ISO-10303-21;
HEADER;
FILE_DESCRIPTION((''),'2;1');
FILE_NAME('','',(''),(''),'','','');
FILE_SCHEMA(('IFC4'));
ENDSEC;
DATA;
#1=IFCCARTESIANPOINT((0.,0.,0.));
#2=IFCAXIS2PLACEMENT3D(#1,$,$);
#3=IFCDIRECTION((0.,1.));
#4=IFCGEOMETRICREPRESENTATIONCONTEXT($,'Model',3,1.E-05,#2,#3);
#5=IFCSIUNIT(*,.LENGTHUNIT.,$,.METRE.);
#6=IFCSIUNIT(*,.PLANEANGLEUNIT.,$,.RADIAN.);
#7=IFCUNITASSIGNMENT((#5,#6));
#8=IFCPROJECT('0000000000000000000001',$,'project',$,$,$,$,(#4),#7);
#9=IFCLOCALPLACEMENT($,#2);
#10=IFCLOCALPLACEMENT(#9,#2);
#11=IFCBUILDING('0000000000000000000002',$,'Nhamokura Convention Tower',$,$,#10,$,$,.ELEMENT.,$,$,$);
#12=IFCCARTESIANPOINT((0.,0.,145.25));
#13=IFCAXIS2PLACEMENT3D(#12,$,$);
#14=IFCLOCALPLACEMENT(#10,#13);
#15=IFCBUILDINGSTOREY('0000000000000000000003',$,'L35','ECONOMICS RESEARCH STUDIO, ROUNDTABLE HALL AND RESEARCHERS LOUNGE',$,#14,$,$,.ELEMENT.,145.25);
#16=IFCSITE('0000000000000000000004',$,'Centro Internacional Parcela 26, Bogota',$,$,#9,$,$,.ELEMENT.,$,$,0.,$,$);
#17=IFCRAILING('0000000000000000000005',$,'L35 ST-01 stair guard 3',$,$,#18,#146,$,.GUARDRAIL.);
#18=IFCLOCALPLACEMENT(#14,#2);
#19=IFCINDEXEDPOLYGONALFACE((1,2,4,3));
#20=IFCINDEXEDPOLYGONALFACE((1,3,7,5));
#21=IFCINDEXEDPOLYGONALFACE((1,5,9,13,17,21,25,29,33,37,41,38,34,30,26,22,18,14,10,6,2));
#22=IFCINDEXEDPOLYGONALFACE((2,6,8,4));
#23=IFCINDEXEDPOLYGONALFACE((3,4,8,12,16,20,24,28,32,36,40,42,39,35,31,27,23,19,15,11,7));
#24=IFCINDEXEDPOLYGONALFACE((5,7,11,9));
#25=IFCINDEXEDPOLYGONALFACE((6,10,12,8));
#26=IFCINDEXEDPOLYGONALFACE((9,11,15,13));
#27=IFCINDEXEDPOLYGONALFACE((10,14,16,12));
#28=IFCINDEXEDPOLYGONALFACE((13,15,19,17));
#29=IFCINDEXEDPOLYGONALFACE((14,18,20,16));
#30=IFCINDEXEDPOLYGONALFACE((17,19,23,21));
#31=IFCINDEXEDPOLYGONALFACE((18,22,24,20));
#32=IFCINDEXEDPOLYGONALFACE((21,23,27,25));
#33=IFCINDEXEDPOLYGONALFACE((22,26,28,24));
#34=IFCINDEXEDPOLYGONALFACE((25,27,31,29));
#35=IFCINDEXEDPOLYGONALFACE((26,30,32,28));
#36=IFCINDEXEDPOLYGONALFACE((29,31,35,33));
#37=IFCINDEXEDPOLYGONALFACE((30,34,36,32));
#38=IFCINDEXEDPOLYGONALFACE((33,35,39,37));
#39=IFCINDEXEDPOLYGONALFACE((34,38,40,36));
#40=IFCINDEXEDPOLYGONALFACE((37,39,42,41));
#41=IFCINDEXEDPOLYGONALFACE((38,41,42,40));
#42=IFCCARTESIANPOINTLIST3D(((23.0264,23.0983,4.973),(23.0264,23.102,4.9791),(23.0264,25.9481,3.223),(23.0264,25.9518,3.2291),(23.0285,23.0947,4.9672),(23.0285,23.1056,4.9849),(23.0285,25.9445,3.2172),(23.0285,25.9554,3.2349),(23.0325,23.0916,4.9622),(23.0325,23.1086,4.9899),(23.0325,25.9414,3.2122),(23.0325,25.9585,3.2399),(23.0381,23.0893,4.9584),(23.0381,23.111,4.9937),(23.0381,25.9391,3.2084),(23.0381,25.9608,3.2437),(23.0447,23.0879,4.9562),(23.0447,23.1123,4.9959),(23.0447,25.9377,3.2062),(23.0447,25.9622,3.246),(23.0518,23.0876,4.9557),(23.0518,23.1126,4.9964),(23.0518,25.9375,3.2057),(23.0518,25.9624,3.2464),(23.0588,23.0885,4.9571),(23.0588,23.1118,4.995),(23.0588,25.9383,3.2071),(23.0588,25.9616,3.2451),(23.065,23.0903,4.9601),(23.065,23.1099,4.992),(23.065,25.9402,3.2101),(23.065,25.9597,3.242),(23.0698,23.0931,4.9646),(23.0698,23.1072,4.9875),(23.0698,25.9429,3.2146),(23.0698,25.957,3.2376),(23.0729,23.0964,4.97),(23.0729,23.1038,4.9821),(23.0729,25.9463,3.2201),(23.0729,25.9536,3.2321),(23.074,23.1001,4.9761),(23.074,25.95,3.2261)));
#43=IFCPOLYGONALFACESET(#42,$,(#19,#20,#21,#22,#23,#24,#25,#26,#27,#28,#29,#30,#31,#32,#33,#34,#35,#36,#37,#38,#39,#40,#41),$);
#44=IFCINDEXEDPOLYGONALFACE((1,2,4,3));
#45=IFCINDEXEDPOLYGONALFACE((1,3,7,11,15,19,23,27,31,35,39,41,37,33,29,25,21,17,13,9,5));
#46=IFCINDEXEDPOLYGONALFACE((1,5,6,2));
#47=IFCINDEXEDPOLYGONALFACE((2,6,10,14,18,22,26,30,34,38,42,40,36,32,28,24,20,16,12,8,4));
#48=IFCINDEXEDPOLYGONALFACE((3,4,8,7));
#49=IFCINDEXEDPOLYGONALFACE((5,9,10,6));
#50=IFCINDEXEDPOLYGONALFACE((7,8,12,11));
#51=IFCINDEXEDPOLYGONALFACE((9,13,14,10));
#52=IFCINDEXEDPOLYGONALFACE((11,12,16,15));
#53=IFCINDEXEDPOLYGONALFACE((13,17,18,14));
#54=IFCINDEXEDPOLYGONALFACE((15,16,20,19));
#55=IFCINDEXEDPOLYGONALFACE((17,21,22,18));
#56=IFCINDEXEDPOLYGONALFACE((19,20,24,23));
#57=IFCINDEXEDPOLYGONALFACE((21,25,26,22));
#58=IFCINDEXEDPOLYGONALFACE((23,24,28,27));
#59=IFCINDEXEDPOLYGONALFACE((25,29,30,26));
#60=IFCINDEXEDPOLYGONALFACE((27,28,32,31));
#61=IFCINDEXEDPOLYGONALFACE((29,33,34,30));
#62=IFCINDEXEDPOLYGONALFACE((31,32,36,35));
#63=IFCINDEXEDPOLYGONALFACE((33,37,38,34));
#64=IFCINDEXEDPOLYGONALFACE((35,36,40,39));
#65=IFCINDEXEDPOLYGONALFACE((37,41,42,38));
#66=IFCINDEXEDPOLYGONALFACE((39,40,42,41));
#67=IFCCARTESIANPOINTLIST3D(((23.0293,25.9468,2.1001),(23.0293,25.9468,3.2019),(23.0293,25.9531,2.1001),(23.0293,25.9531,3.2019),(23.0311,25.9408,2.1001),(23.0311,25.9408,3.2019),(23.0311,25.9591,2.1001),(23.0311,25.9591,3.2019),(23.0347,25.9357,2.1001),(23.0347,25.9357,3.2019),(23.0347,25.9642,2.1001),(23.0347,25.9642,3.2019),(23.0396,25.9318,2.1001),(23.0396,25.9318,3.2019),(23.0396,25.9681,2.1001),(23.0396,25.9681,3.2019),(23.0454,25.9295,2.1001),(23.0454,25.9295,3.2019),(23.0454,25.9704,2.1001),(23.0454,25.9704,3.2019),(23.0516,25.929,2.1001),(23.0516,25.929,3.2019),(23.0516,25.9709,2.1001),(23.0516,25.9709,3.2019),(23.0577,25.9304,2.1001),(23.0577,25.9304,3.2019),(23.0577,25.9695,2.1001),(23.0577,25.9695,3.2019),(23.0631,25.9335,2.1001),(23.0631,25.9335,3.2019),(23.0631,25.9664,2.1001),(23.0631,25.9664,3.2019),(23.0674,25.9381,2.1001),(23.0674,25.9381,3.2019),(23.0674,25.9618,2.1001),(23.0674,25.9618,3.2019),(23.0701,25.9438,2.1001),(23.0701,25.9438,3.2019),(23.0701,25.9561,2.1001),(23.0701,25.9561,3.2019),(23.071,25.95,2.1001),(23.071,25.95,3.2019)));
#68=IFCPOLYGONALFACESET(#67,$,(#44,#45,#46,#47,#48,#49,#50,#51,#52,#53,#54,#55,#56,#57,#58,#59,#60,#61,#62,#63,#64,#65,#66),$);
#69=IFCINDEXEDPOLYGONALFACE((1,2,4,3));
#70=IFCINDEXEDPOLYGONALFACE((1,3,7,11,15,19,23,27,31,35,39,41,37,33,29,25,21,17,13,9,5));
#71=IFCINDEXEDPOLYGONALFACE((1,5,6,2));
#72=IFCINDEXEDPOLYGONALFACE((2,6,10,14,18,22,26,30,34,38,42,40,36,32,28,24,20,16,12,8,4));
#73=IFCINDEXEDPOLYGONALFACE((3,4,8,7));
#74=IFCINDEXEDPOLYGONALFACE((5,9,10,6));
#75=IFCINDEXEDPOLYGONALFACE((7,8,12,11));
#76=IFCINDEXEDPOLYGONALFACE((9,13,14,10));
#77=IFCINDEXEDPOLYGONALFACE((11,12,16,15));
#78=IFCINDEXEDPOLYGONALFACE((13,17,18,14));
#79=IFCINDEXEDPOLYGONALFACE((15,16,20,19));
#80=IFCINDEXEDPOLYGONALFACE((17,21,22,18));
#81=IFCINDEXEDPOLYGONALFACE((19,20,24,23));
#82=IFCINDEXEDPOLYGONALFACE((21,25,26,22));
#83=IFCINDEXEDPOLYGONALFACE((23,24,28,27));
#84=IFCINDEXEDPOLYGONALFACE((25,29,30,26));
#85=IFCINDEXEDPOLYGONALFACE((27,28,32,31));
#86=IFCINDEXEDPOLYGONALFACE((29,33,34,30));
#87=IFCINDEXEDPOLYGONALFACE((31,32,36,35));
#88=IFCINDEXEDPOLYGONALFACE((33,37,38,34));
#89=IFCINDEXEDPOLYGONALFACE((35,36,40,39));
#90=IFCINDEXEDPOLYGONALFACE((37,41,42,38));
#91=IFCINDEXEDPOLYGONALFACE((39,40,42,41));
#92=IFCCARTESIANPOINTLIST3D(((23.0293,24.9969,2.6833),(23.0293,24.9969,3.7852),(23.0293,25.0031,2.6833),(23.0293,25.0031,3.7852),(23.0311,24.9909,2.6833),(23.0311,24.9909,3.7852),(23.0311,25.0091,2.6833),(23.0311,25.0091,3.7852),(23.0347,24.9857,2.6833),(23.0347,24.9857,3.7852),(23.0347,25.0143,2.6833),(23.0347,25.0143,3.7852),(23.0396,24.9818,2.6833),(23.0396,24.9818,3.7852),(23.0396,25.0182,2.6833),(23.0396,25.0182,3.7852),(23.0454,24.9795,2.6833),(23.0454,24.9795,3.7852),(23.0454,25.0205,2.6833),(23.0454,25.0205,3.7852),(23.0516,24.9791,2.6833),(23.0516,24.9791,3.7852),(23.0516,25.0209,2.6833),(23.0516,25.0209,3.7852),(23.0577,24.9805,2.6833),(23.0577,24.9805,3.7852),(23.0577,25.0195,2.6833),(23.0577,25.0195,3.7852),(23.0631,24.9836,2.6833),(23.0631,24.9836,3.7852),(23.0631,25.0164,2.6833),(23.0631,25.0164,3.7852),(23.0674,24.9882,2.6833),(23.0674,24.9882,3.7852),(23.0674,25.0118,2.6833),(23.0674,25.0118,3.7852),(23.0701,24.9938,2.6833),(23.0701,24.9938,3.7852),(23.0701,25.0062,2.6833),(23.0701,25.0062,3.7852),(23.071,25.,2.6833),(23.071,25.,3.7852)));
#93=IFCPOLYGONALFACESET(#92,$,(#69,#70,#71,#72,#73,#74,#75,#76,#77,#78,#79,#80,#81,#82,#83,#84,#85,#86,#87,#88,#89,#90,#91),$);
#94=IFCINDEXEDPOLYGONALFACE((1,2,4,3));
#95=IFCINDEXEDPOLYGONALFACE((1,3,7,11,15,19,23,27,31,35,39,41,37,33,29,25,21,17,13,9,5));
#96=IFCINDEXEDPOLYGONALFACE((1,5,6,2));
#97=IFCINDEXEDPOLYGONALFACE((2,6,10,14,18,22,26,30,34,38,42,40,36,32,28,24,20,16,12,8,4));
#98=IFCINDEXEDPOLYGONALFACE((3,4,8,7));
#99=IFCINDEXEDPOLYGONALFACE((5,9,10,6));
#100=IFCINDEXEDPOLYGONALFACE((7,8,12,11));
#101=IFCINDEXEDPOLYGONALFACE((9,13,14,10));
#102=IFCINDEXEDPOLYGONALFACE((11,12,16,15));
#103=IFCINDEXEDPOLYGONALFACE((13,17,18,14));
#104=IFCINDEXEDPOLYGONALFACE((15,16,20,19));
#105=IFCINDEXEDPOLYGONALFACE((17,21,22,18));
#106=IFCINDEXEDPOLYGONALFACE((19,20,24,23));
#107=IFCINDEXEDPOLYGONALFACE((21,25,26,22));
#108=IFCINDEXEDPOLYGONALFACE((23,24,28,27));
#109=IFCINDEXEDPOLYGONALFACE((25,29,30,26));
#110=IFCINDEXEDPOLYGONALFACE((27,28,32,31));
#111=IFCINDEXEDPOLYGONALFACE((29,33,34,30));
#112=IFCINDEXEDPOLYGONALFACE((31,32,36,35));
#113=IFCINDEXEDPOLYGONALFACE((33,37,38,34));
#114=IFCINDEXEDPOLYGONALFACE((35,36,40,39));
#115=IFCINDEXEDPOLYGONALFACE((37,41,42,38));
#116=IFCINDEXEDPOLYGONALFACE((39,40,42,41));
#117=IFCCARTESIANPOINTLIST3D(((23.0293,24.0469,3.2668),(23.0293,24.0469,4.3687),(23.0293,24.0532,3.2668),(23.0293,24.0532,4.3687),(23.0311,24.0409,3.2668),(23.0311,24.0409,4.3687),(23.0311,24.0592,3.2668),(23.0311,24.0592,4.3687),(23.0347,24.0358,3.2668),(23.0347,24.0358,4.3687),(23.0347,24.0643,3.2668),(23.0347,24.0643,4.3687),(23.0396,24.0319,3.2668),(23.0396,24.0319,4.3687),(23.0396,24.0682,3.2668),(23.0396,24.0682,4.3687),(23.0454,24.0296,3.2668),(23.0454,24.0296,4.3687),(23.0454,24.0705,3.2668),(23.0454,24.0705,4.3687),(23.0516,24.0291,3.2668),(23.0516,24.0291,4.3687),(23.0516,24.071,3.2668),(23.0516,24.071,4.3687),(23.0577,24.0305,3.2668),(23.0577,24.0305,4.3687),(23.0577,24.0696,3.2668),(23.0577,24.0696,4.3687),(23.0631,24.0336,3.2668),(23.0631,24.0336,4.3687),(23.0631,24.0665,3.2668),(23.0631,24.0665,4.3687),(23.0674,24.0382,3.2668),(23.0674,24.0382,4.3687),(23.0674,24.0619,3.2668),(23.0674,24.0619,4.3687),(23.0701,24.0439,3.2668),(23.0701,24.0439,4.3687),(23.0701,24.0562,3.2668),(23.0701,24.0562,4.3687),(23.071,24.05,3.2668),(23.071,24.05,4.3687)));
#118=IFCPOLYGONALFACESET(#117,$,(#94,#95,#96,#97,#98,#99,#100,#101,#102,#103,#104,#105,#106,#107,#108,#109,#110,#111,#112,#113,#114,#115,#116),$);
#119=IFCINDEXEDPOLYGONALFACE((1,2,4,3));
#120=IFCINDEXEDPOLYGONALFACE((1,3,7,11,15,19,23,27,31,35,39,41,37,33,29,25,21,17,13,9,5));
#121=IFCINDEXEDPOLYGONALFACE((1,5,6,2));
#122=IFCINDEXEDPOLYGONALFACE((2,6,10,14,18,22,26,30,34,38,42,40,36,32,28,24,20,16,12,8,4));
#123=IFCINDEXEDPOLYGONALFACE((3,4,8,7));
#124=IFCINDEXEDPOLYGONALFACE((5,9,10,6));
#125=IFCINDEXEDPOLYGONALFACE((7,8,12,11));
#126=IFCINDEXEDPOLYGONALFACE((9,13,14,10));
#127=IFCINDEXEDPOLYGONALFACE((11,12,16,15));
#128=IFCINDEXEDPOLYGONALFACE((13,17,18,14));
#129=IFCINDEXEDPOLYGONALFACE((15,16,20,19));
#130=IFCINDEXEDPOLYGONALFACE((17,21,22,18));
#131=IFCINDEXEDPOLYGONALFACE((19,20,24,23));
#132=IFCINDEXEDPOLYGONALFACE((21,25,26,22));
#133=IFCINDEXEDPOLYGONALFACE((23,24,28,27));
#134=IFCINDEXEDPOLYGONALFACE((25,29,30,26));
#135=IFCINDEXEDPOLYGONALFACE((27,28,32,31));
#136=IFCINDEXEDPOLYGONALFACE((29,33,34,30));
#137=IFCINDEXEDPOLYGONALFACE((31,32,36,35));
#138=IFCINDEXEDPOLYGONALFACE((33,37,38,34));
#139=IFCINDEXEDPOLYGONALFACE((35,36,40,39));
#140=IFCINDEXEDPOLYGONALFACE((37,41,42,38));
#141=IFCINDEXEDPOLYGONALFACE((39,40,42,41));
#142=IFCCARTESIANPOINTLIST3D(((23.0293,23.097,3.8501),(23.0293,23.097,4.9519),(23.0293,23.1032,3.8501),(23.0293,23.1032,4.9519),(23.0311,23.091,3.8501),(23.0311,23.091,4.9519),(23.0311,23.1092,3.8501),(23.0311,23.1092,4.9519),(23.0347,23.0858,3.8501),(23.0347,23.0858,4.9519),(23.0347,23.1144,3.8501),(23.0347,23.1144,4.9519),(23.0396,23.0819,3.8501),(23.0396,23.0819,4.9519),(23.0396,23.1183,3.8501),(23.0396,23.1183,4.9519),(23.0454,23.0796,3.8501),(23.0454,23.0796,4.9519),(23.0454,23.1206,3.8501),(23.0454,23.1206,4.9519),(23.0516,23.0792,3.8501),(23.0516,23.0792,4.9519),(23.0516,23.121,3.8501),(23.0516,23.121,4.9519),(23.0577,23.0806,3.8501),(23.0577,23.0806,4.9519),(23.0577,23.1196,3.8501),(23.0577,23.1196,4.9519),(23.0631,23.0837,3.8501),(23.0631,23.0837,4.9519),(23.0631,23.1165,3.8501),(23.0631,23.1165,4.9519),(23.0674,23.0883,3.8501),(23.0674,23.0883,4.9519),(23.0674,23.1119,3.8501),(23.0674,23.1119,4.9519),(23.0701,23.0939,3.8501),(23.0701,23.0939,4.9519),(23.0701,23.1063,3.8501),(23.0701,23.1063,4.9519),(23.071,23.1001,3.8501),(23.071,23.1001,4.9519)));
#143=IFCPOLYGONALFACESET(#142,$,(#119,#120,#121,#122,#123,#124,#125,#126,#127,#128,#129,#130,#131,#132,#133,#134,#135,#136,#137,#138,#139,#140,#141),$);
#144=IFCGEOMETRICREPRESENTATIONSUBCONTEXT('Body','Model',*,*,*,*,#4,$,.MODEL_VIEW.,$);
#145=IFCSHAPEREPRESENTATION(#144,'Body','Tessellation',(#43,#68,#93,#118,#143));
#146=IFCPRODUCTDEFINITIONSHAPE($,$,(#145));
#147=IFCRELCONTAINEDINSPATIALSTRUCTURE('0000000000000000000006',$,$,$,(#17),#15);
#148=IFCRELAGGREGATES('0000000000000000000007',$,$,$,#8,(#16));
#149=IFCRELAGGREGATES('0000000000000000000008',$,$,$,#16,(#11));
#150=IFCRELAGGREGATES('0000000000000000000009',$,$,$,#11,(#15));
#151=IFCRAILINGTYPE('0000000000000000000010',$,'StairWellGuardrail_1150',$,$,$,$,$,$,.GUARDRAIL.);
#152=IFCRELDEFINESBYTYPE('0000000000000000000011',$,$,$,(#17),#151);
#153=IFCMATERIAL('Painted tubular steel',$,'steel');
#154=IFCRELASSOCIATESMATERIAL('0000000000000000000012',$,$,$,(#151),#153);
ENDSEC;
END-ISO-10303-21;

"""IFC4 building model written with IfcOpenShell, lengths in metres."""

from ifc_helpers import new_model, si_unit, direction, frame, origin, origin_2d, place, context, subcontext, project, spatial, circle, extrude, material, type_object, element, save


model = new_model("IFC4")

# Units and contexts
model_context = context("Model", 3, precision=1e-05, world=origin(), true_north=direction((0.0, 1.0)))
body_context = subcontext(model_context, "Body", "Model", "MODEL_VIEW")
ifc_project = project(units=[si_unit("LENGTHUNIT", "METRE"), si_unit("PLANEANGLEUNIT", "RADIAN")], contexts=[model_context])

# Site, building, storey
site_placement = place(None, origin())
site = spatial("IfcSite", under=ifc_project, at=site_placement, Name="Centro Internacional Parcela 26, Bogota", CompositionType="ELEMENT", RefElevation=0.0)
building_placement = place(site_placement, origin())
building = spatial("IfcBuilding", under=site, at=building_placement, Name="Nhamokura Convention Tower", CompositionType="ELEMENT")
storey_placement = place(building_placement, frame((0.0, 0.0, 145.25)))
storey = spatial("IfcBuildingStorey", under=building, at=storey_placement, Name="L35", Description="ECONOMICS RESEARCH STUDIO, ROUNDTABLE HALL AND RESEARCHERS LOUNGE", CompositionType="ELEMENT", Elevation=145.25)

# Railing
ifc_material_1 = material(Name="Painted tubular steel", Category="steel")
railing_type_1 = type_object("IfcRailingType", Name="StairWellGuardrail_1150", PredefinedType="GUARDRAIL", material=ifc_material_1)
railing_1_placement = place(storey_placement, frame((23.05, 25.95, 2.1001)))
element("IfcRailing", 1, at=railing_1_placement, inside=storey, type_object=railing_type_1, Name="L35 ST-01 stair guard 3", PredefinedType="GUARDRAIL", context=body_context, shape_type="SweptSolid", body=[
    extrude(circle(Radius=0.0239, at=origin_2d()), frame((0.0, 0.0, 1.126), z_axis=(0.0, -0.852159, 0.523283), x_axis=(1.0, 0.0, 0.0)), (0.0, 0.0, 1.0), 3.3442),
    extrude(circle(Radius=0.021, at=origin_2d()), origin(), (0.0, 0.0, 1.0), 1.1018),
    extrude(circle(Radius=0.021, at=origin_2d()), frame((0.0, -0.95, 0.5833)), (0.0, 0.0, 1.0), 1.1018),
    extrude(circle(Radius=0.021, at=origin_2d()), frame((0.0, -1.8999, 1.1667)), (0.0, 0.0, 1.0), 1.1018),
    extrude(circle(Radius=0.021, at=origin_2d()), frame((0.0, -2.8499, 1.75)), (0.0, 0.0, 1.0), 1.1018),
])

save(model, "model.ifc")
